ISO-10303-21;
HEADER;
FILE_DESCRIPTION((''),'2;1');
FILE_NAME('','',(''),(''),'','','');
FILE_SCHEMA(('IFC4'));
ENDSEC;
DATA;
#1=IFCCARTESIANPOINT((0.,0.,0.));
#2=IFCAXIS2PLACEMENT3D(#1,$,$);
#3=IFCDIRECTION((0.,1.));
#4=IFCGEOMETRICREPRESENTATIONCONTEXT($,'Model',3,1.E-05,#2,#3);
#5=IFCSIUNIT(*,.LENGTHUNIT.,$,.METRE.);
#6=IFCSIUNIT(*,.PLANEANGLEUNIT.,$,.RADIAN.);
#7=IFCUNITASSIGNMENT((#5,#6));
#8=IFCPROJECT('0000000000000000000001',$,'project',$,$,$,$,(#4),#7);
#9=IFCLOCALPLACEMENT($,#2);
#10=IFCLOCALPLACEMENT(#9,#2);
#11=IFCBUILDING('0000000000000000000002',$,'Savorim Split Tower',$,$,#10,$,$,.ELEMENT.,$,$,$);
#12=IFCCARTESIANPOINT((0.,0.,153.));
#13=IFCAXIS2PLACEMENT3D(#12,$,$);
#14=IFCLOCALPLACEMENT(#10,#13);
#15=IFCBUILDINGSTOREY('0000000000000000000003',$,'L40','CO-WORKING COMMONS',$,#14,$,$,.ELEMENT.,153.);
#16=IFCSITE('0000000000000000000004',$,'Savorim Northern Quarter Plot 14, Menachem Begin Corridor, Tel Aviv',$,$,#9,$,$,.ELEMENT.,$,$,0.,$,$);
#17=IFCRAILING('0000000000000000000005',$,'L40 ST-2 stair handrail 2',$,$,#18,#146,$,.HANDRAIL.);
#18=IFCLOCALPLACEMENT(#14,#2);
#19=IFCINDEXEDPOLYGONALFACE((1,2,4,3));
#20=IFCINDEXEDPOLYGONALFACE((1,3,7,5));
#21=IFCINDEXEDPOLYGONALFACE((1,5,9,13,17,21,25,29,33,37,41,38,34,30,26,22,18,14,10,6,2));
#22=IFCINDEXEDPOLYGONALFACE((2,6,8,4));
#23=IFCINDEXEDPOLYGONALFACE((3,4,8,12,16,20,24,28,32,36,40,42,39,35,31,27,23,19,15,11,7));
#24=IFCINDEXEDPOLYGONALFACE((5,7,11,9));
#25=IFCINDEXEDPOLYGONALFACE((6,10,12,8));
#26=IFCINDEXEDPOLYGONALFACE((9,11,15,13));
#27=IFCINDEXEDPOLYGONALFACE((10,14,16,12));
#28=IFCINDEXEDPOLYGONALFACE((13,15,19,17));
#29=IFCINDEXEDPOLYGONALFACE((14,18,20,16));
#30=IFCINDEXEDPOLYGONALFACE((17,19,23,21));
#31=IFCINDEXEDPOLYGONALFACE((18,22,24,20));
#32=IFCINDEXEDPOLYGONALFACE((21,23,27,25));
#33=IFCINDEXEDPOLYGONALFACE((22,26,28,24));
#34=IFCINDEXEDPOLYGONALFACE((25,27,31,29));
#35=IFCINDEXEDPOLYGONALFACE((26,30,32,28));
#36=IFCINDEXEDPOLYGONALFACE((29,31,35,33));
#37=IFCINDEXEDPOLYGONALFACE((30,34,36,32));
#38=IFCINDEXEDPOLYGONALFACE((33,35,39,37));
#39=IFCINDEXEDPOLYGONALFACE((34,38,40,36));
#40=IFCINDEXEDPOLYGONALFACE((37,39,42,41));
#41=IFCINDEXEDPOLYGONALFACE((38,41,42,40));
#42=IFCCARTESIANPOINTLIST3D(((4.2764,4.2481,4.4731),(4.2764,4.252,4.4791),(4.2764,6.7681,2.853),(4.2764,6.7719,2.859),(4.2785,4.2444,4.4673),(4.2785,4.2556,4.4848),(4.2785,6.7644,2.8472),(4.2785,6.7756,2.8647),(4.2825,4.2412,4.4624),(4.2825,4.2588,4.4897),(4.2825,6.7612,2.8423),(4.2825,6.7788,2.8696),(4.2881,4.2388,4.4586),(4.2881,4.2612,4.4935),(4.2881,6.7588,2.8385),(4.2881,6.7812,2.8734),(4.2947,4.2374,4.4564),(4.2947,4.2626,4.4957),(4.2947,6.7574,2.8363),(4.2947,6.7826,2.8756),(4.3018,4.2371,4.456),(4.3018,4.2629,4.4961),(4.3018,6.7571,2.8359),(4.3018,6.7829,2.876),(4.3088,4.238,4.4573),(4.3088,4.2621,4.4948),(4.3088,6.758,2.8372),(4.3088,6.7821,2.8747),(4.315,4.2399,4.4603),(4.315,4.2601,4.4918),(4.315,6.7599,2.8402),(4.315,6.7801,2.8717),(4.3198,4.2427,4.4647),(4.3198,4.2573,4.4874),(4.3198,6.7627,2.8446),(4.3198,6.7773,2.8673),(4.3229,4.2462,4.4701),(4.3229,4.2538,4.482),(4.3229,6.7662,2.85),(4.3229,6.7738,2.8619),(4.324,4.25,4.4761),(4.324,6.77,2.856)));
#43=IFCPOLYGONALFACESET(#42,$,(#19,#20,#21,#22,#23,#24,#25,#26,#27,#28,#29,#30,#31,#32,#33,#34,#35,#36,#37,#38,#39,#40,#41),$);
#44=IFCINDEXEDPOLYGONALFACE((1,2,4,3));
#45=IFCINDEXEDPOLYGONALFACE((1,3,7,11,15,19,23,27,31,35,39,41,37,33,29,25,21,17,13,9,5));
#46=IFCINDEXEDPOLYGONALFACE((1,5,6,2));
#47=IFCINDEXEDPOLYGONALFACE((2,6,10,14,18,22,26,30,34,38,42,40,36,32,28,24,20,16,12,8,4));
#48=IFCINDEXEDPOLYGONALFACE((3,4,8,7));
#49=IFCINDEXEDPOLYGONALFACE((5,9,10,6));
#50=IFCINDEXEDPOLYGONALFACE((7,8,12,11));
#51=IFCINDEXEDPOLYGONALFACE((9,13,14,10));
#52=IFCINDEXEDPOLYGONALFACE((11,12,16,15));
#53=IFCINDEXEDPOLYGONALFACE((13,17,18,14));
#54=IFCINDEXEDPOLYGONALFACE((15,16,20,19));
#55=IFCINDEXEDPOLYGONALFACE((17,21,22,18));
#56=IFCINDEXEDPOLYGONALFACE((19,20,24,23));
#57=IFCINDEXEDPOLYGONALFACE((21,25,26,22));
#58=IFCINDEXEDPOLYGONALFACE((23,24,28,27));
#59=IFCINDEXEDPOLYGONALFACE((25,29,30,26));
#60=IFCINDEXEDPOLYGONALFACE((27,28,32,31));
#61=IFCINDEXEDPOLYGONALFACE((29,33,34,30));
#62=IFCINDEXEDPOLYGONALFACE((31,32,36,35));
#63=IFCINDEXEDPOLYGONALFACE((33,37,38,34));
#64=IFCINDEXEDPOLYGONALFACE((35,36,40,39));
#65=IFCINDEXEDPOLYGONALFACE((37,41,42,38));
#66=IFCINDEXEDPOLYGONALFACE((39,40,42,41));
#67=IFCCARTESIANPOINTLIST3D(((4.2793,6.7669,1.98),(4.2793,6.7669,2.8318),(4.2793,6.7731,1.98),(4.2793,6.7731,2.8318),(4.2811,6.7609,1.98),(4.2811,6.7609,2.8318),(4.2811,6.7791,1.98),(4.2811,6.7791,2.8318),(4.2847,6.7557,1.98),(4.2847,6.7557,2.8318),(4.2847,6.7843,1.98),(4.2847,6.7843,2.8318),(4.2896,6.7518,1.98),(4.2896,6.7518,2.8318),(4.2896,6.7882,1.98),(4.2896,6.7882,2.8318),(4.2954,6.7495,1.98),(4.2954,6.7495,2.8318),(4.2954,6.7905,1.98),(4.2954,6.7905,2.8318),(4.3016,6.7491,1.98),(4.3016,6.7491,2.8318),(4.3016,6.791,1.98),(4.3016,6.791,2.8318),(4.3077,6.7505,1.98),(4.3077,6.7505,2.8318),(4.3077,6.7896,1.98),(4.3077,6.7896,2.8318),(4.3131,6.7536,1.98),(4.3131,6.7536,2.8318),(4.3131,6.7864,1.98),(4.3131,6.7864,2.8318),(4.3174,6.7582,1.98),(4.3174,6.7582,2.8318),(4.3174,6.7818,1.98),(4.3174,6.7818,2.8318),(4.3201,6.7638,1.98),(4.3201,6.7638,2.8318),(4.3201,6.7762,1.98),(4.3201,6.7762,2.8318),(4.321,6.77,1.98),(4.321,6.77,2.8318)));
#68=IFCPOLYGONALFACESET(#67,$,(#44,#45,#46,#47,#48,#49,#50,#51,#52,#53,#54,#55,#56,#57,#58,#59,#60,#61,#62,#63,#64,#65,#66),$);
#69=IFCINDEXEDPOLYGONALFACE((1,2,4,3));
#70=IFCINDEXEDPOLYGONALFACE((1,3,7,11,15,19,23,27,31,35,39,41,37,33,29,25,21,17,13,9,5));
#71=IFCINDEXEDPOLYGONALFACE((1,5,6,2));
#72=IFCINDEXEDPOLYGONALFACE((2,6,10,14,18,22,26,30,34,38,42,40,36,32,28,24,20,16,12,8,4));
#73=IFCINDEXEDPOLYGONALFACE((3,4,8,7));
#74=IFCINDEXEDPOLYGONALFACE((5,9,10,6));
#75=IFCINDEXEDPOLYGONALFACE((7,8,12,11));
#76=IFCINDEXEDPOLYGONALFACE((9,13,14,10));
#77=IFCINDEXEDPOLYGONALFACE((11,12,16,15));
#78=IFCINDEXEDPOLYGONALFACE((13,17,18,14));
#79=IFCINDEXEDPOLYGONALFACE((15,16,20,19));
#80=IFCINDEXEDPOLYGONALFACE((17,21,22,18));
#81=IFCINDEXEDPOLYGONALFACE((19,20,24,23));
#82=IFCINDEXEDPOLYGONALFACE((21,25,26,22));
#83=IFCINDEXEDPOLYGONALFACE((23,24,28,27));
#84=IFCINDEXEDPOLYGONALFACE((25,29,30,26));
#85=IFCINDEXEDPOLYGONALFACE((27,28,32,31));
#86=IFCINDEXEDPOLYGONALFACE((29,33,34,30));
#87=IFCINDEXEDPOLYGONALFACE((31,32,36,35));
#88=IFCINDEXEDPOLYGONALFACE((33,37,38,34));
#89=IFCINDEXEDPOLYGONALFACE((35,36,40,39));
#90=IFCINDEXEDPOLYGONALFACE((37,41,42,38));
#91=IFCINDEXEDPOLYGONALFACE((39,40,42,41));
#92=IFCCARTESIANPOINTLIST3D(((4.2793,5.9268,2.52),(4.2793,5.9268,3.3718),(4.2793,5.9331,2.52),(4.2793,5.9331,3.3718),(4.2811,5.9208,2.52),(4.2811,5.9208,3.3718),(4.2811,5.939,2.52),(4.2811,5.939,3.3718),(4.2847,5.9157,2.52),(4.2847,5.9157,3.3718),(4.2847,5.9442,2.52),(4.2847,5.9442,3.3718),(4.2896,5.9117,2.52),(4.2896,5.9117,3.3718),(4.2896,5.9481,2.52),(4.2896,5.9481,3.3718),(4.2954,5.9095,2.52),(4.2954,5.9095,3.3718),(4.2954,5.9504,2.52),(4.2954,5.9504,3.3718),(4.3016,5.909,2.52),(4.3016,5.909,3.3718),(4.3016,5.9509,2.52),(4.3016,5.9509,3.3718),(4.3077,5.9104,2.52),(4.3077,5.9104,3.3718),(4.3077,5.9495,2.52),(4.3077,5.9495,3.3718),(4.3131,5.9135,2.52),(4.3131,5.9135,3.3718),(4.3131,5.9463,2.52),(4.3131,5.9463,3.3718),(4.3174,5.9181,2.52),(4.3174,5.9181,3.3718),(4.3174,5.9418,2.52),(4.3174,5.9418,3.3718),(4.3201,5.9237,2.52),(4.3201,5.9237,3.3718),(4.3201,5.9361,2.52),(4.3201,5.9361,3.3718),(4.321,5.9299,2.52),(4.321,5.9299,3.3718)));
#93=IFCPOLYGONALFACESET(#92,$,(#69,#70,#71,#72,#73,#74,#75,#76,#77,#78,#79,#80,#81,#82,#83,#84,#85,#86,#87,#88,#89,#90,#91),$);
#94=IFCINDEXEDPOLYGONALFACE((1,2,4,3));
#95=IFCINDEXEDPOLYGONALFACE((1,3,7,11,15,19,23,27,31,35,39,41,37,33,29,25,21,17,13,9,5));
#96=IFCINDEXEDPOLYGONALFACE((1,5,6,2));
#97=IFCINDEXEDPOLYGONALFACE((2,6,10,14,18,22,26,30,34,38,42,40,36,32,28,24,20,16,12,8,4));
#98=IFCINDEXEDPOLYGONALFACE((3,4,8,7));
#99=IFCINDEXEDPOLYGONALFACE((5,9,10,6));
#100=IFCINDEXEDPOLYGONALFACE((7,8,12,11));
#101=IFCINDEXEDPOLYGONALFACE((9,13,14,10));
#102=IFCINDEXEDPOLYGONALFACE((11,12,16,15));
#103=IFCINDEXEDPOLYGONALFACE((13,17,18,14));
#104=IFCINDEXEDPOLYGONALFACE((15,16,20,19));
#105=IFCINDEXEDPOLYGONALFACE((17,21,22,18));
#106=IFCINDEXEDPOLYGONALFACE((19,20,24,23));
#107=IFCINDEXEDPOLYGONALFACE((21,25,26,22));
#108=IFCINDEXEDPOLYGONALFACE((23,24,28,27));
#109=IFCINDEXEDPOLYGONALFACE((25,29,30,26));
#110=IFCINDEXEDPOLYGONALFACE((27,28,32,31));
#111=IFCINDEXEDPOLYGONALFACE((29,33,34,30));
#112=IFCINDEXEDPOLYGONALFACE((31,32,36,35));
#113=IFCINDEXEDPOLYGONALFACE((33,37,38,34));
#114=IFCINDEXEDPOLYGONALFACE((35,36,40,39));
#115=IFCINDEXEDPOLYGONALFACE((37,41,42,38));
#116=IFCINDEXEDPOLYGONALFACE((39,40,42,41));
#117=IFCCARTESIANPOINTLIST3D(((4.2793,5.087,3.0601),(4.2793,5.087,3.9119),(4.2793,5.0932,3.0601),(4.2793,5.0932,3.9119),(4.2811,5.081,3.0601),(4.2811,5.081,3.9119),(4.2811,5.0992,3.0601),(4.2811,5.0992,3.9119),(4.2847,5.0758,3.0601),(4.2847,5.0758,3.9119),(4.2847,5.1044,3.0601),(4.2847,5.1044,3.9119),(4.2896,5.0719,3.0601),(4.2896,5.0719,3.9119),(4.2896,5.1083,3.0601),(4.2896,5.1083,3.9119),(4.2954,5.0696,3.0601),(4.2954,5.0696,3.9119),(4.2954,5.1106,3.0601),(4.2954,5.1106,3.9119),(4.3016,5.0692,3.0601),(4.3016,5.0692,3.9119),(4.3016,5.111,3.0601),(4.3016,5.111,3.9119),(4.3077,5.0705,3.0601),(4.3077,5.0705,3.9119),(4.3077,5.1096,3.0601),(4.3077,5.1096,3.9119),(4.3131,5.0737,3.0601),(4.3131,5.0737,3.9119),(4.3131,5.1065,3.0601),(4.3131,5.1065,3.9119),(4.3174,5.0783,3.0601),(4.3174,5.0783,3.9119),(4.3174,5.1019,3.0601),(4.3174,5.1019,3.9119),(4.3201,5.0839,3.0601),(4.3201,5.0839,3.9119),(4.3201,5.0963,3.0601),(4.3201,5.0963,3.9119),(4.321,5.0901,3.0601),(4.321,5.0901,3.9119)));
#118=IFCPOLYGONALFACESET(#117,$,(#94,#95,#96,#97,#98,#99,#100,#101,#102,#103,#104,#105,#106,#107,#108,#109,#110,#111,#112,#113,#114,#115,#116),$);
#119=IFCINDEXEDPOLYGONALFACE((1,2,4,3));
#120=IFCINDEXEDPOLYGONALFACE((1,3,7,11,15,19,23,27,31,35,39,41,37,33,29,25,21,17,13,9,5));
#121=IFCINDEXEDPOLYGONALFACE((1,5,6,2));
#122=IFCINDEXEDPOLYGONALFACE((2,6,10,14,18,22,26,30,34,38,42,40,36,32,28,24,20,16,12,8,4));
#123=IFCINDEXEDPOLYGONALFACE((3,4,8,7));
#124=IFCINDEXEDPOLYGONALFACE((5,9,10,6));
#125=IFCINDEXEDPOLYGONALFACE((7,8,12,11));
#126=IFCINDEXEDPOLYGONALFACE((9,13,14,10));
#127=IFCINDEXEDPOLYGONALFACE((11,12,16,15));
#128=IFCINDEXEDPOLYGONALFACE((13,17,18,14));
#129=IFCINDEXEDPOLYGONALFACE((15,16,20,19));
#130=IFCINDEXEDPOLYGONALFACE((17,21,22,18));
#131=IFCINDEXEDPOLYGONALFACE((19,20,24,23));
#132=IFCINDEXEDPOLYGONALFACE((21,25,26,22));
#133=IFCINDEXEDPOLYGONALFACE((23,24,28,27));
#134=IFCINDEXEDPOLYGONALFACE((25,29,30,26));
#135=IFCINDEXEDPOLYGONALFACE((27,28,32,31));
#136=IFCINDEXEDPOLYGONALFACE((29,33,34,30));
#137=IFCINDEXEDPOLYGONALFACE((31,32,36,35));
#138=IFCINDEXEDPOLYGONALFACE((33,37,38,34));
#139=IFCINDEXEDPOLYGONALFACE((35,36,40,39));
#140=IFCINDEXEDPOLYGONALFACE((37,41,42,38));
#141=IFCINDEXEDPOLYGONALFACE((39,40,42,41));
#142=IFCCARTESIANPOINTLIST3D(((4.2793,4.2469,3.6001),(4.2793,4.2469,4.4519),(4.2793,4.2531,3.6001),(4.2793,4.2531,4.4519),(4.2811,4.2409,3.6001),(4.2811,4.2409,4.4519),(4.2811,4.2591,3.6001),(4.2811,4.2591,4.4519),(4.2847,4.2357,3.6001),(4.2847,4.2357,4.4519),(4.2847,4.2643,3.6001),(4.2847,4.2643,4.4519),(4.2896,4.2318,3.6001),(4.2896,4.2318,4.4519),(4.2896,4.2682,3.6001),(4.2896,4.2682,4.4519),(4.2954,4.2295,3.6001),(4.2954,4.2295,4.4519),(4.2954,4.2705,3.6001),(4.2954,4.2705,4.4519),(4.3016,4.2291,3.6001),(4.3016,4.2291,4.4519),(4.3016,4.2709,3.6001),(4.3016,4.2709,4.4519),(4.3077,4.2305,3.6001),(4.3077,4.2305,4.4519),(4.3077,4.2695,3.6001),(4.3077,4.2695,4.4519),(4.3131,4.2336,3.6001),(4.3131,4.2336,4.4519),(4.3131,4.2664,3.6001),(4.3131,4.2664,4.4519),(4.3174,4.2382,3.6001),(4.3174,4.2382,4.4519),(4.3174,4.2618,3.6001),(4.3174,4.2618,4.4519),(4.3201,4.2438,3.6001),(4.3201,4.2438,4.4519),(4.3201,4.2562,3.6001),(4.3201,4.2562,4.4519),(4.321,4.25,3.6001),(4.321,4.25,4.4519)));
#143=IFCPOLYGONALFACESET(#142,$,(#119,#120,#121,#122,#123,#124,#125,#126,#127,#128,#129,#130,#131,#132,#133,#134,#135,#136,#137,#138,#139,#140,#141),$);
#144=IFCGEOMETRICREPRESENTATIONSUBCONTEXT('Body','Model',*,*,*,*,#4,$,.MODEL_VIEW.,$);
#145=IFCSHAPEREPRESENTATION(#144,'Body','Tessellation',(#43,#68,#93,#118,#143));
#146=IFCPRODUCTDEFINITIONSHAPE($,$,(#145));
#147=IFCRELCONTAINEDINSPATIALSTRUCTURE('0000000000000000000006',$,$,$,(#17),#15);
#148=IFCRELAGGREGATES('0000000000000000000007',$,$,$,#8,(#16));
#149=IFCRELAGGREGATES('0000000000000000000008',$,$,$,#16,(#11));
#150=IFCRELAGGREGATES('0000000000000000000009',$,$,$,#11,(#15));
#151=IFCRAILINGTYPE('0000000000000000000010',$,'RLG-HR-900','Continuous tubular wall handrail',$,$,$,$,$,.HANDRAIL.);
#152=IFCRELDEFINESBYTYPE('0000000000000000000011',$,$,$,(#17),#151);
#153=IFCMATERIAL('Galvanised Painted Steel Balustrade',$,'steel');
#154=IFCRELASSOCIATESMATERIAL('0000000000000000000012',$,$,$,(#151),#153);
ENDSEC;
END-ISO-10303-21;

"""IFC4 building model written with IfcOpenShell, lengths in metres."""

from ifc_helpers import new_model, si_unit, direction, frame, origin, origin_2d, place, context, subcontext, project, spatial, circle, extrude, material, type_object, element, save


model = new_model("IFC4")

# Units and contexts
model_context = context("Model", 3, precision=1e-05, world=origin(), true_north=direction((0.0, 1.0)))
body_context = subcontext(model_context, "Body", "Model", "MODEL_VIEW")
ifc_project = project(units=[si_unit("LENGTHUNIT", "METRE"), si_unit("PLANEANGLEUNIT", "RADIAN")], contexts=[model_context])

# Site, building, storey
site_placement = place(None, origin())
site = spatial("IfcSite", under=ifc_project, at=site_placement, Name="Savorim Northern Quarter Plot 14, Menachem Begin Corridor, Tel Aviv", CompositionType="ELEMENT", RefElevation=0.0)
building_placement = place(site_placement, origin())
building = spatial("IfcBuilding", under=site, at=building_placement, Name="Savorim Split Tower", CompositionType="ELEMENT")
storey_placement = place(building_placement, frame((0.0, 0.0, 153.0)))
storey = spatial("IfcBuildingStorey", under=building, at=storey_placement, Name="L40", Description="CO-WORKING COMMONS", CompositionType="ELEMENT", Elevation=153.0)

# Railing
ifc_material_1 = material(Name="Galvanised Painted Steel Balustrade", Category="steel")
railing_type_1 = type_object("IfcRailingType", Name="RLG-HR-900", Description="Continuous tubular wall handrail", PredefinedType="HANDRAIL", material=ifc_material_1)
railing_1_placement = place(storey_placement, frame((4.3, 6.77, 1.98)))
element("IfcRailing", 1, at=railing_1_placement, inside=storey, type_object=railing_type_1, Name="L40 ST-2 stair handrail 2", PredefinedType="HANDRAIL", context=body_context, shape_type="SweptSolid", body=[
    extrude(circle(Radius=0.0239, at=origin_2d()), frame((0.0, 0.0, 0.876), z_axis=(0.0, -0.841163, 0.540782), x_axis=(1.0, 0.0, 0.0)), (0.0, 0.0, 1.0), 2.9958),
    extrude(circle(Radius=0.021, at=origin_2d()), origin(), (0.0, 0.0, 1.0), 0.8518),
    extrude(circle(Radius=0.021, at=origin_2d()), frame((0.0, -0.8401, 0.54)), (0.0, 0.0, 1.0), 0.8518),
    extrude(circle(Radius=0.021, at=origin_2d()), frame((0.0, -1.6799, 1.0801)), (0.0, 0.0, 1.0), 0.8518),
    extrude(circle(Radius=0.021, at=origin_2d()), frame((0.0, -2.52, 1.6201)), (0.0, 0.0, 1.0), 0.8518),
])

save(model, "model.ifc")
